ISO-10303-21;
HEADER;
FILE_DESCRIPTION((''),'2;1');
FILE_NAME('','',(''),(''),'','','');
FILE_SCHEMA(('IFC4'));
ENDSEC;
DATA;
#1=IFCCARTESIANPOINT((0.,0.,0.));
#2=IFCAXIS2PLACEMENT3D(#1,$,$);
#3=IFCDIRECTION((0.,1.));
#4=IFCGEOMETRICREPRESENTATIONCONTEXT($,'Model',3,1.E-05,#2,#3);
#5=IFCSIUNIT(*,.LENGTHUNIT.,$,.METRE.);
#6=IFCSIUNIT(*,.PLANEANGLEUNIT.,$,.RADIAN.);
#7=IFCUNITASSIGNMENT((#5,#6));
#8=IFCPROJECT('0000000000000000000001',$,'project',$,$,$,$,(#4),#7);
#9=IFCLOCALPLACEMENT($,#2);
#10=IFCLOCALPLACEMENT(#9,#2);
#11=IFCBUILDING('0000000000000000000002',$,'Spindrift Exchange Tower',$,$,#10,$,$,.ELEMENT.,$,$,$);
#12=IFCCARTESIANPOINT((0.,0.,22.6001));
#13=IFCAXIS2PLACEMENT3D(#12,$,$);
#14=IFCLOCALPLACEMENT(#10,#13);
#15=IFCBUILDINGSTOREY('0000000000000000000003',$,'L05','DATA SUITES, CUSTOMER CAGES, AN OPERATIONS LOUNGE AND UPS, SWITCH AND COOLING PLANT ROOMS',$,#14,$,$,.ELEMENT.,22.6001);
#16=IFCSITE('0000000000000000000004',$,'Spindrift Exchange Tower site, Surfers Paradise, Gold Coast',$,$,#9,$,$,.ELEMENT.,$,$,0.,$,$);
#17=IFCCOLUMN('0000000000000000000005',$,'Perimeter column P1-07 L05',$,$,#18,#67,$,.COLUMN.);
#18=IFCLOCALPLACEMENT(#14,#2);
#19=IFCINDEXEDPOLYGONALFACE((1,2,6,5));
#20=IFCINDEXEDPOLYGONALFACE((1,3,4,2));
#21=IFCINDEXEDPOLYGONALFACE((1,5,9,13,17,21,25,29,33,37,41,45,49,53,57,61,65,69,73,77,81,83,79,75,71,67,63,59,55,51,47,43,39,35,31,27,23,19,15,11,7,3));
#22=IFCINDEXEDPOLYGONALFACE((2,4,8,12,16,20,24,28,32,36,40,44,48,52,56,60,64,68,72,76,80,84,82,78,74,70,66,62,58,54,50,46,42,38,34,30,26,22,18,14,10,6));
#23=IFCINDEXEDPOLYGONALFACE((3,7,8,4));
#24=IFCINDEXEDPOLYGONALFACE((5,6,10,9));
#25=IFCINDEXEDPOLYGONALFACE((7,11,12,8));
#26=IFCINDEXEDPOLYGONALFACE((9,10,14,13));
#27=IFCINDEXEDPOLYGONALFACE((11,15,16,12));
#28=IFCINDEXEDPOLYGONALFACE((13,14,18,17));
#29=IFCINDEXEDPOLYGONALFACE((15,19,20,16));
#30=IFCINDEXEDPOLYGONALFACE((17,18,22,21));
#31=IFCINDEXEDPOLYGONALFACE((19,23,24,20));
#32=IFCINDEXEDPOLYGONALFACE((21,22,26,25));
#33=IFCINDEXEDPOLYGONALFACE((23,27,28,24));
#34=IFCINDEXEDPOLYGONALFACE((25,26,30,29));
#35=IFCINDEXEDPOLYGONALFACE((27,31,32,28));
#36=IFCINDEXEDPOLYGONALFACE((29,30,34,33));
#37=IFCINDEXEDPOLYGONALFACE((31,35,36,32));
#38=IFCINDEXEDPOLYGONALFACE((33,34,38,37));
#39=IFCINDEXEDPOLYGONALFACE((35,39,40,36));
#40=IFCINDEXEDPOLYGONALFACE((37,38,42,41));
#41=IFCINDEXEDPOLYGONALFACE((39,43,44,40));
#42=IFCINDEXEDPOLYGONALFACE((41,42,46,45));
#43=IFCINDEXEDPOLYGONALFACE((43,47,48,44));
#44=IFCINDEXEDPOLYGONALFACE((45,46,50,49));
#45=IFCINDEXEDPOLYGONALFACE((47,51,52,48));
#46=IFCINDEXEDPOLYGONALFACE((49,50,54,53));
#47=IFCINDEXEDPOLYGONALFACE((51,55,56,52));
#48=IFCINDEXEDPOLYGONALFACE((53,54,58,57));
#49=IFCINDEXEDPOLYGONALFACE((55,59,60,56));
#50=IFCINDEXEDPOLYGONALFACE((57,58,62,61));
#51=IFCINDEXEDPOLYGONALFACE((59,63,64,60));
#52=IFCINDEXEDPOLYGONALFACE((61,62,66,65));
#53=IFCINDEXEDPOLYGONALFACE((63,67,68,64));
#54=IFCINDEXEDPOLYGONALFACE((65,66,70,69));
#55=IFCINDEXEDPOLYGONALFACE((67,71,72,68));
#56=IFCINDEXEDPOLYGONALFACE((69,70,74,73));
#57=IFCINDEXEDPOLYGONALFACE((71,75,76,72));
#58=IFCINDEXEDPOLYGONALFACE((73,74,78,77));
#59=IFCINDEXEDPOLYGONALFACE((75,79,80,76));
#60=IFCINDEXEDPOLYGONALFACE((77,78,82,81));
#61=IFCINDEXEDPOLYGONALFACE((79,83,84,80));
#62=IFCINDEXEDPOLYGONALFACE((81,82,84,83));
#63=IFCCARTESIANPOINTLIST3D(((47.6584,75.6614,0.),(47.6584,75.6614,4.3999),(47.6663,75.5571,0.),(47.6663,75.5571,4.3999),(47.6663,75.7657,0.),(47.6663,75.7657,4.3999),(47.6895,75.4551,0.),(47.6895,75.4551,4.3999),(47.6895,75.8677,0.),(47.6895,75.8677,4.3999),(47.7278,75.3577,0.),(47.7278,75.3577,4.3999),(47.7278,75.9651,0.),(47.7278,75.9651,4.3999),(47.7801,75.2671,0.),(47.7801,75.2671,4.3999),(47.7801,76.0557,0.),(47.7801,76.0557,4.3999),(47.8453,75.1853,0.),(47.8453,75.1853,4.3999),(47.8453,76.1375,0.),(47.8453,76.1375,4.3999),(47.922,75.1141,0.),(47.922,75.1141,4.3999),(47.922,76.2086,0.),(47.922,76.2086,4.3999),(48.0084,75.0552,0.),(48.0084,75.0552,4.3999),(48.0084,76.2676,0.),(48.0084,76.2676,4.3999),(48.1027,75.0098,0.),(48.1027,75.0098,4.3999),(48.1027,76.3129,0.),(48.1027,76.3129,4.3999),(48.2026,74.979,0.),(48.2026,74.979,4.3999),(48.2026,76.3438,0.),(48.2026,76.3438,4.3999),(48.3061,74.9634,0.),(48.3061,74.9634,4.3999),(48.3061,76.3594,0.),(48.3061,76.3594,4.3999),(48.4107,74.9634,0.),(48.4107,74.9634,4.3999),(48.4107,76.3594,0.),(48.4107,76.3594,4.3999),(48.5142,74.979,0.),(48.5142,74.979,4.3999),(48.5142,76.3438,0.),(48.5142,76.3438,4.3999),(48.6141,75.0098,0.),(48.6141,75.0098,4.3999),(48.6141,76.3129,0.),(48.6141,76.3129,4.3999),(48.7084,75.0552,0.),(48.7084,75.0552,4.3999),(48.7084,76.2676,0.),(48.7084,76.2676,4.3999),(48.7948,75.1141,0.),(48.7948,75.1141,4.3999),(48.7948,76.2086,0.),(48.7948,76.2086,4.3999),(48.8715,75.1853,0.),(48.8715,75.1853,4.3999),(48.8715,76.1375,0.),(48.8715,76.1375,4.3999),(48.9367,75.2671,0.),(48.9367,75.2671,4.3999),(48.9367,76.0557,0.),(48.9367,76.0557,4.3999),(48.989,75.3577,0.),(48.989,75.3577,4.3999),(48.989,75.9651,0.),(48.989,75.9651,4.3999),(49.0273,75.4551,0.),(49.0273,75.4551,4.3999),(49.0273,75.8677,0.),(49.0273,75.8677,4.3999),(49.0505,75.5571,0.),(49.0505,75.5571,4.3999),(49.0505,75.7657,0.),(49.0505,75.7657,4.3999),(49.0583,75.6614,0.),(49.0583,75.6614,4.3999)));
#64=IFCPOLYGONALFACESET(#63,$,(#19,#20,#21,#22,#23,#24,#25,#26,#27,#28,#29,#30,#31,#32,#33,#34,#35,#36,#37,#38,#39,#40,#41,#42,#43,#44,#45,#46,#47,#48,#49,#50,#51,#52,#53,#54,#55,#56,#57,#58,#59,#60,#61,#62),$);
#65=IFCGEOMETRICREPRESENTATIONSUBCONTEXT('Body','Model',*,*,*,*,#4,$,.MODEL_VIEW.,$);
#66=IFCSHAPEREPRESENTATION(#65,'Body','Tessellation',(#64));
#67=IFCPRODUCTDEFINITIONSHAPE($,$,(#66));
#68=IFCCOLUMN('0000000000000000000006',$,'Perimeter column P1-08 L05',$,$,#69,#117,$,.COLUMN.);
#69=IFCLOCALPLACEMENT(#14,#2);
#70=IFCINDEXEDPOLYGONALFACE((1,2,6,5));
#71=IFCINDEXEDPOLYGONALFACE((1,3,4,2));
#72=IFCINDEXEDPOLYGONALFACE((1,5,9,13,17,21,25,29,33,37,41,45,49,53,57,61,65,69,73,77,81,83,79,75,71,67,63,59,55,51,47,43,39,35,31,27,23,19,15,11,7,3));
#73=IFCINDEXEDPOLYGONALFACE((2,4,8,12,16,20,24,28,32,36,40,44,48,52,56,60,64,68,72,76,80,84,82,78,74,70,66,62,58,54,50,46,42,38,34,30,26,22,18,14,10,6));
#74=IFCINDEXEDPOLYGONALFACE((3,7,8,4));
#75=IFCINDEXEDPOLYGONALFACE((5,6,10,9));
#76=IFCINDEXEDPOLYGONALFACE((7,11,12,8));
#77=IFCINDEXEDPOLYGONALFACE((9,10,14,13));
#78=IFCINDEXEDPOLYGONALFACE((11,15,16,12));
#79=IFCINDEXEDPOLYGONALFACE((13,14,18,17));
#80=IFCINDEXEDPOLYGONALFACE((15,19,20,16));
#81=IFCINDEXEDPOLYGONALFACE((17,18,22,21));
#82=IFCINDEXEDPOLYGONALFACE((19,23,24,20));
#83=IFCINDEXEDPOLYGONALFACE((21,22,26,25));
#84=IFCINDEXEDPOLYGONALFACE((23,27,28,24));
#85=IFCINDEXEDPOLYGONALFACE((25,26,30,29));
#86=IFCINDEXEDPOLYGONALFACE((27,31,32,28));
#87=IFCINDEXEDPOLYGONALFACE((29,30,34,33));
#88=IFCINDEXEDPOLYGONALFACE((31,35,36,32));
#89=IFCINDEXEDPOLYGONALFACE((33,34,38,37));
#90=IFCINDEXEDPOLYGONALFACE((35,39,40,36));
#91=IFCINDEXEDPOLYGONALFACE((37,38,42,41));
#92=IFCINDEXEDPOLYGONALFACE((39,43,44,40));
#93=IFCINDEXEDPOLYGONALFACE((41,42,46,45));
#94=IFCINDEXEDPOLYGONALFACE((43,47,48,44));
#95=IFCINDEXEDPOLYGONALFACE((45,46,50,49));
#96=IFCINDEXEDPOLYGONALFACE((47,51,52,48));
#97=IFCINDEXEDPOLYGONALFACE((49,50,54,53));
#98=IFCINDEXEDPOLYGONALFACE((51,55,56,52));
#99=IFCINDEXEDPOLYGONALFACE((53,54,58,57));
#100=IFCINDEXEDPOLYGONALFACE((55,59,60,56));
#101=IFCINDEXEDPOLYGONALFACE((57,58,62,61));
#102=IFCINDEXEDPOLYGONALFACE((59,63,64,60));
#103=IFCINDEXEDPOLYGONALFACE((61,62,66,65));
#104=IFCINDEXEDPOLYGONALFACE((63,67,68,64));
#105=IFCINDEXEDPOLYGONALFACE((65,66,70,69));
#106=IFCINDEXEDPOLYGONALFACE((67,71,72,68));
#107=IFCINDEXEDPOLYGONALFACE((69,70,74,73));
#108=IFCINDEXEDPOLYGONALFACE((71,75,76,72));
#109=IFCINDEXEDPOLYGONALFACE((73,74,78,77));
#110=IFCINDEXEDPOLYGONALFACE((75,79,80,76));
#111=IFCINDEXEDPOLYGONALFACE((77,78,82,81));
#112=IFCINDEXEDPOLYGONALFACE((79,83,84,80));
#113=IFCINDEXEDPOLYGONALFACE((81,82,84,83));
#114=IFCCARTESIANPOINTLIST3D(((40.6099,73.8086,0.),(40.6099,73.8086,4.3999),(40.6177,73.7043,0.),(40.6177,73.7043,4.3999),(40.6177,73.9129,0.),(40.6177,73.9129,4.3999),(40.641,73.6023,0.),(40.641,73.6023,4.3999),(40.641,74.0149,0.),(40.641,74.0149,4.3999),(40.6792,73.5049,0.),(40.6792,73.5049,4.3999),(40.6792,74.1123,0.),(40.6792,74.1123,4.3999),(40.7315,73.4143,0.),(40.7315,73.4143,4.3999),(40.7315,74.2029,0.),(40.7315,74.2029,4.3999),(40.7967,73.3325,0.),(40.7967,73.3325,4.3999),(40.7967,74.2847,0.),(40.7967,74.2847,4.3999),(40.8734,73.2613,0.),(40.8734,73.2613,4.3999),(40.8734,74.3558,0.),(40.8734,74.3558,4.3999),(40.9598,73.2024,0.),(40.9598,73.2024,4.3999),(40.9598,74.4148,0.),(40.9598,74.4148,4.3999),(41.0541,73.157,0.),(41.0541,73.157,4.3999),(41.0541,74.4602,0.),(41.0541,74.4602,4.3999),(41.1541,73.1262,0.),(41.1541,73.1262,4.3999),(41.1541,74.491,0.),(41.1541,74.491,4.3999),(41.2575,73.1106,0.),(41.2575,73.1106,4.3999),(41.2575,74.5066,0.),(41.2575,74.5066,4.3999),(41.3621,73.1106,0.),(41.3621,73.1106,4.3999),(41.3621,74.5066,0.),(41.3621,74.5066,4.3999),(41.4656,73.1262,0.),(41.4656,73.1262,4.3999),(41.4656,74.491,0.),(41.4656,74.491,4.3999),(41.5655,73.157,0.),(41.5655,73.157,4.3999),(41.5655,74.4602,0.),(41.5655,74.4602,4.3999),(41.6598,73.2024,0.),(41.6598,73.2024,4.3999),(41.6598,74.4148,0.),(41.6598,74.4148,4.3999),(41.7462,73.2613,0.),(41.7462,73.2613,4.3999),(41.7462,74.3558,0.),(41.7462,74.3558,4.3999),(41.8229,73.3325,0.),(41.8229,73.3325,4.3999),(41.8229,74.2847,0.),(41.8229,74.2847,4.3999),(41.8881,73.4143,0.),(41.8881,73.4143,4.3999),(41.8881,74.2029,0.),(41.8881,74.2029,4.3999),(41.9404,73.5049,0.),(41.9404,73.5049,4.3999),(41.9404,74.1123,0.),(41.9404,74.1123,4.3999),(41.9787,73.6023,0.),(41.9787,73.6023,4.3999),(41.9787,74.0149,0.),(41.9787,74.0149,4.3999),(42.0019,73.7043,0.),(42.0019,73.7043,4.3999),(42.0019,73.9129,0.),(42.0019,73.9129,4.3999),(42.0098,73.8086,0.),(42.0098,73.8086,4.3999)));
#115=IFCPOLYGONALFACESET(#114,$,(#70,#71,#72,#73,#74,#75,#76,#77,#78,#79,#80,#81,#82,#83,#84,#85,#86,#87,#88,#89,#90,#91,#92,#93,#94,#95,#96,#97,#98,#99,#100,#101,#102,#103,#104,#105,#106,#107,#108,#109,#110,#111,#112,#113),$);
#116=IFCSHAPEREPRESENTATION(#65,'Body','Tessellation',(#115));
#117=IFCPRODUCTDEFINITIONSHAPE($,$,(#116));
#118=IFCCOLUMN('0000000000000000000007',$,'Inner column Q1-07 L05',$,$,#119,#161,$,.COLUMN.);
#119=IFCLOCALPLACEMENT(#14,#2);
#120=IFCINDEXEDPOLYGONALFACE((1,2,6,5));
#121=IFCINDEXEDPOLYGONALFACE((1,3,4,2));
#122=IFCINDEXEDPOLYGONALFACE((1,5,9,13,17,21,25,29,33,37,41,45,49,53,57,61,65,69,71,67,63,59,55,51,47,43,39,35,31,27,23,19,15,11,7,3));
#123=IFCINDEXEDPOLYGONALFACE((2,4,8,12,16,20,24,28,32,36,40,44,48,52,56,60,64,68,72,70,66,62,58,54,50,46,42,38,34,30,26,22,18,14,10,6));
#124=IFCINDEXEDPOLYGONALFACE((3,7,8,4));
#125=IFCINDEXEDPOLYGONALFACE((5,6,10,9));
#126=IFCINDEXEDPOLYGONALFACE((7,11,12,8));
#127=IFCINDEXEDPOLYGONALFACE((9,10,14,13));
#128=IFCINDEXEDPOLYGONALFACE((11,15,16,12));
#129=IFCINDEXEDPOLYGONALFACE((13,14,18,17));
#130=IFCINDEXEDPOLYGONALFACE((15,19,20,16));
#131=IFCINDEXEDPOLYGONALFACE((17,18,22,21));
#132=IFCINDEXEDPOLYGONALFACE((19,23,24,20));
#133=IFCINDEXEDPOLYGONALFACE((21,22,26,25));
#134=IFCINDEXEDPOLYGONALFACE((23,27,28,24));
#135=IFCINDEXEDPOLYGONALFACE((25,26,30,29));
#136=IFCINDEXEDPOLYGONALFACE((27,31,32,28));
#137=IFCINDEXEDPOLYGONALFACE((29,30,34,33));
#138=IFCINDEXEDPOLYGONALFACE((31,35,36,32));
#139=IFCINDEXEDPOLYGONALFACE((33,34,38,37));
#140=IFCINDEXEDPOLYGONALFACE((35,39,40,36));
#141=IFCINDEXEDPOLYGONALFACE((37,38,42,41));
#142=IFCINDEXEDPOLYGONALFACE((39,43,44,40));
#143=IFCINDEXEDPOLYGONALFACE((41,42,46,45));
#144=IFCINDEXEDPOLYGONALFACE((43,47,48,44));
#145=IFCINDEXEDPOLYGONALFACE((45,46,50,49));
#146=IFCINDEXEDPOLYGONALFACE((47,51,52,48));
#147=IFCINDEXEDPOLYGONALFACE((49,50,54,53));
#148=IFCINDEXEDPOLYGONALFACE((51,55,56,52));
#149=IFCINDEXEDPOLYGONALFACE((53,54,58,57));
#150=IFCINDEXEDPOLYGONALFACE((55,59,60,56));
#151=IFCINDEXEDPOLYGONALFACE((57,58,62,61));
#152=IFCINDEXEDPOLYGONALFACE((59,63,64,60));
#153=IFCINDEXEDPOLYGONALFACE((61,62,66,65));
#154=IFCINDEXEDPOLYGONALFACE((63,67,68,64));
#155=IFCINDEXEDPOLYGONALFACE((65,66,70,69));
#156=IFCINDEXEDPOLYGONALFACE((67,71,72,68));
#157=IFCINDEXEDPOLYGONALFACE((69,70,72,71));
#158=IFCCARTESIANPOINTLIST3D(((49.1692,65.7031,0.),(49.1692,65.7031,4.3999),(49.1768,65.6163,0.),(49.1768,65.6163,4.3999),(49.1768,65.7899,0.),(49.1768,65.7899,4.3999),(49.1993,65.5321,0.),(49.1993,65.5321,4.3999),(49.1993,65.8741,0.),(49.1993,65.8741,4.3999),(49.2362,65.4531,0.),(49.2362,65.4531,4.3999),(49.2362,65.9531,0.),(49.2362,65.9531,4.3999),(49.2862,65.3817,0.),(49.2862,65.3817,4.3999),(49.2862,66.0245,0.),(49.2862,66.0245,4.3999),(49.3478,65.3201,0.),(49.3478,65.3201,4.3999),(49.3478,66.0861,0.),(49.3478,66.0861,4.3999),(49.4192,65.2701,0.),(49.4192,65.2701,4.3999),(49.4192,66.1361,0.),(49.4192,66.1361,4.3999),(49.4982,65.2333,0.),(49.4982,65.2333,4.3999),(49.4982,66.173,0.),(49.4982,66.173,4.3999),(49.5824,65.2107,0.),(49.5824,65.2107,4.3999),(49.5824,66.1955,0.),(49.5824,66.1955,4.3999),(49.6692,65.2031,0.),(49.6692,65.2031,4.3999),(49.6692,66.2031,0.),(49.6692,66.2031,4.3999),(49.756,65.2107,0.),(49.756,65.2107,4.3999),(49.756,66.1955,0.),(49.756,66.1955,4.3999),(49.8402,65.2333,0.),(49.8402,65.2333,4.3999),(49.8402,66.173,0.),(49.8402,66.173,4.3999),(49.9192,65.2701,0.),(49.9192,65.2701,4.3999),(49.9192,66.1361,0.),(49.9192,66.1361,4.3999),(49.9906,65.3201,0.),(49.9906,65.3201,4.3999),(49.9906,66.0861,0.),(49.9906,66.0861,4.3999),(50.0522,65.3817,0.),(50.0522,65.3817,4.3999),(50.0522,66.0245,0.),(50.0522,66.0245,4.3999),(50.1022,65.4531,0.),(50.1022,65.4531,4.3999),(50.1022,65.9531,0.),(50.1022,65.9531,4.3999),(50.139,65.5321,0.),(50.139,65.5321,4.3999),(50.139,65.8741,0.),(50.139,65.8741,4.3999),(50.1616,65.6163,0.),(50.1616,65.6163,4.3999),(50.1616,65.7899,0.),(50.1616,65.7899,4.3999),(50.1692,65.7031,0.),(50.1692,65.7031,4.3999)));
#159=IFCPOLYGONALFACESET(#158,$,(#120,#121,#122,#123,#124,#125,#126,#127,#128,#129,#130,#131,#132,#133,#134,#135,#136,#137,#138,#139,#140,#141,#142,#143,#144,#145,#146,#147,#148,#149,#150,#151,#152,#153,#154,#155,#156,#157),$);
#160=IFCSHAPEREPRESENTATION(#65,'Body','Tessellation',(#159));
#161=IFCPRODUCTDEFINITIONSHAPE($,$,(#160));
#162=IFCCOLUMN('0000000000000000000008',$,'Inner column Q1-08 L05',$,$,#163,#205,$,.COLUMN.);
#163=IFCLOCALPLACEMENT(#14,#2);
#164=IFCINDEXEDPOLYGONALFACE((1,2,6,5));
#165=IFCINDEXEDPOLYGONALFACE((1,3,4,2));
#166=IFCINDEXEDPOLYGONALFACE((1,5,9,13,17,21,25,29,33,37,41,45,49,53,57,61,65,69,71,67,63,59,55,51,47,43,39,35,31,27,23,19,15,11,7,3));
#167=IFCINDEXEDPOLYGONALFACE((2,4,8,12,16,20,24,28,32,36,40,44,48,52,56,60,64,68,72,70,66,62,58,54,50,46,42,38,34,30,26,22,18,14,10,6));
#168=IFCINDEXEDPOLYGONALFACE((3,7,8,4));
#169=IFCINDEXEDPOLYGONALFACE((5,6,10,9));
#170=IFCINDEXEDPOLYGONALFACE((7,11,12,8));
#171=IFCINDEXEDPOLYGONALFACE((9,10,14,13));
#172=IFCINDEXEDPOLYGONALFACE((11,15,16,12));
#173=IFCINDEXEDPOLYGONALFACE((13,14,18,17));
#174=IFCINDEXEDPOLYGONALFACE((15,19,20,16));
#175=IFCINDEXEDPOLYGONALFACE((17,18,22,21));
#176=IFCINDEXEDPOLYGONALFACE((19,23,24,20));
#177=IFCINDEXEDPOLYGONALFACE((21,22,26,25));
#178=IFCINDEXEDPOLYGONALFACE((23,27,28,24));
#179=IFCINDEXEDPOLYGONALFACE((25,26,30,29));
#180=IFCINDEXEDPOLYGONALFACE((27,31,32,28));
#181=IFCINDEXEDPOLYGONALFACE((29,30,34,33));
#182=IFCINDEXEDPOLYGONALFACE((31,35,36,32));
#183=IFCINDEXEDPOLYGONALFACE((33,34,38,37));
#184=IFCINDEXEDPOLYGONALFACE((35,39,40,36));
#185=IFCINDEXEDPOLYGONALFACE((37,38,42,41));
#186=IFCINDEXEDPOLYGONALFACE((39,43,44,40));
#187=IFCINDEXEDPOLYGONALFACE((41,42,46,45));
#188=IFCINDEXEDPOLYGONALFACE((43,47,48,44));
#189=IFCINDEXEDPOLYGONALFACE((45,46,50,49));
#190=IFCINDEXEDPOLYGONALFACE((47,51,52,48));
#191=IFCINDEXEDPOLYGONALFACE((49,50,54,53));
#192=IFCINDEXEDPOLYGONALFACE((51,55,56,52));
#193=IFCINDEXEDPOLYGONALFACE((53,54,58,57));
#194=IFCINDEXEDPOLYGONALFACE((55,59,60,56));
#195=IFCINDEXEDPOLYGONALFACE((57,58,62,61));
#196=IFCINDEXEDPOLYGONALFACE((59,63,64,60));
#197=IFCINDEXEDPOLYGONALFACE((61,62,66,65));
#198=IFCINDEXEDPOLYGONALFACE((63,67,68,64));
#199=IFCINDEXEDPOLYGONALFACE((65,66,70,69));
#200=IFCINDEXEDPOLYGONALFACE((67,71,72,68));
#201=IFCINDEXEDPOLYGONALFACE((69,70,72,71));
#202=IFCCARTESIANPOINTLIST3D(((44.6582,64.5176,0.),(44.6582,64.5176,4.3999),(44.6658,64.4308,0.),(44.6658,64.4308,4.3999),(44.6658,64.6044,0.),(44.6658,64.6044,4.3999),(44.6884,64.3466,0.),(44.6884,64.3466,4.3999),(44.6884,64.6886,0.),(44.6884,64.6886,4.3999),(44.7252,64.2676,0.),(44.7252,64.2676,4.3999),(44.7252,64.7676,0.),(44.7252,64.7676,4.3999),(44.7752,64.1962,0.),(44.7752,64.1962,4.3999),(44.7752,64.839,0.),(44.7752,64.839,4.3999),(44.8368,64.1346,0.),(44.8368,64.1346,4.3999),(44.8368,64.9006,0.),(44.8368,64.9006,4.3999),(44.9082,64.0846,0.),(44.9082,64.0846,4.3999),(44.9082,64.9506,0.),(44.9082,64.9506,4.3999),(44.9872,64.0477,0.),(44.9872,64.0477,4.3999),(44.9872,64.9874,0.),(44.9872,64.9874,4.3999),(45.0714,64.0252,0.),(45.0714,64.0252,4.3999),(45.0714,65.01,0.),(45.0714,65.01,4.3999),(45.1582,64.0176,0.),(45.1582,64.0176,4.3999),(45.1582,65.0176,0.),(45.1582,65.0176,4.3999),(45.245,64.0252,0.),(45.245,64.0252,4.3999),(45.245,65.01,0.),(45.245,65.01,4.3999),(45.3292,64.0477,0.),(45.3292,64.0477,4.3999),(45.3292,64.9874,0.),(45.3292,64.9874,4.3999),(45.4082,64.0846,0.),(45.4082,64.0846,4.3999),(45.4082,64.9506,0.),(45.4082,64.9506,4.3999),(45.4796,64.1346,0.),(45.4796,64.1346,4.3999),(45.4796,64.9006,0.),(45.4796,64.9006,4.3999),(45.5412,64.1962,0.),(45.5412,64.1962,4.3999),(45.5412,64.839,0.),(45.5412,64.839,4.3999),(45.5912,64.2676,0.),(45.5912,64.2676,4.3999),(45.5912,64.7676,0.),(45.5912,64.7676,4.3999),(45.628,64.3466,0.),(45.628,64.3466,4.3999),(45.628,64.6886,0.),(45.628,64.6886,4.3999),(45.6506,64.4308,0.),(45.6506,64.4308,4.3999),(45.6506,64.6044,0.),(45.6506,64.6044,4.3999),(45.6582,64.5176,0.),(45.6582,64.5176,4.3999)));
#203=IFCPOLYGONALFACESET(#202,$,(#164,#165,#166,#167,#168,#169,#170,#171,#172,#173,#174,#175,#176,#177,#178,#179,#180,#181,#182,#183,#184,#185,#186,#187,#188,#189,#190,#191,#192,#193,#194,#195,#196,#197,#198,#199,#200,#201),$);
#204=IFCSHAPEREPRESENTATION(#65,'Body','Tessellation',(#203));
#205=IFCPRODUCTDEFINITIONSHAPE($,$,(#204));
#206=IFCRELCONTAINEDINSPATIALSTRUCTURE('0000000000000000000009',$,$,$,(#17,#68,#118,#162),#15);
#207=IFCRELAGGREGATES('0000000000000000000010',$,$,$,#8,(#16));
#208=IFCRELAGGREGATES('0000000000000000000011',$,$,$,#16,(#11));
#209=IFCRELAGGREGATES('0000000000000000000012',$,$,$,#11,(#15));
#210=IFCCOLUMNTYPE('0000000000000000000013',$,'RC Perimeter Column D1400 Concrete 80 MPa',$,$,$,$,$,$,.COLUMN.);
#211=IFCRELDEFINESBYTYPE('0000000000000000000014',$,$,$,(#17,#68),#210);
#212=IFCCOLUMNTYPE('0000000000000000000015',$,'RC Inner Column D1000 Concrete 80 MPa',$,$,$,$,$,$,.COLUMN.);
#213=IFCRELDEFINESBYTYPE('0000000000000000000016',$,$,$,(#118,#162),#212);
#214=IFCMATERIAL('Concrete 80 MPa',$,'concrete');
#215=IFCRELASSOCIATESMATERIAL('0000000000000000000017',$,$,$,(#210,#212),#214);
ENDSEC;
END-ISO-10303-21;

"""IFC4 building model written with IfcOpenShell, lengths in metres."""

from ifc_helpers import new_model, si_unit, direction, frame, origin, origin_2d, place, context, subcontext, project, spatial, circle, extrude, source, transform, mapped, material, material_profile, profile_set, type_object, element, save


model = new_model("IFC4")

# Units and contexts
model_context = context("Model", 3, precision=1e-05, world=origin(), true_north=direction((0.0, 1.0)))
body_context = subcontext(model_context, "Body", "Model", "MODEL_VIEW")
ifc_project = project(units=[si_unit("LENGTHUNIT", "METRE"), si_unit("PLANEANGLEUNIT", "RADIAN")], contexts=[model_context])

# Site, building, storey
site_placement = place(None, origin())
site = spatial("IfcSite", under=ifc_project, at=site_placement, Name="Spindrift Exchange Tower site, Surfers Paradise, Gold Coast", CompositionType="ELEMENT", RefElevation=0.0)
building_placement = place(site_placement, origin())
building = spatial("IfcBuilding", under=site, at=building_placement, Name="Spindrift Exchange Tower", CompositionType="ELEMENT")
storey_placement = place(building_placement, frame((0.0, 0.0, 22.6001)))
storey = spatial("IfcBuildingStorey", under=building, at=storey_placement, Name="L05", Description="DATA SUITES, CUSTOMER CAGES, AN OPERATIONS LOUNGE AND UPS, SWITCH AND COOLING PLANT ROOMS", CompositionType="ELEMENT", Elevation=22.6001)

# Columns
ifc_material_1 = material(Name="Concrete 80 MPa", Category="concrete")
ifc_material_profile_1 = material_profile(ifc_material_1, circle(Radius=0.7, at=origin_2d()), Name="RC D1400")
ifc_profile_set_1 = profile_set([ifc_material_profile_1], Name="Concrete 80 MPa")
column_type_1 = type_object("IfcColumnType", Name="RC Perimeter Column D1400 Concrete 80 MPa", PredefinedType="COLUMN", material=ifc_profile_set_1)
shared_shape_1 = source(origin(), body_context, "Body", "SweptSolid", [
    extrude(circle(Radius=0.7, at=origin_2d()), origin(), (0.0, 0.0, 1.0), 4.3999),
])
for number, where, z_axis, x_axis, name in (
    (1, (48.3584, 75.6614, 0.0), (0.0, 0.0, 1.0), (1.0, 0.0, 0.0), "Perimeter column P1-07 L05"),
    (2, (41.3098, 73.8086, 0.0), (0.0, 0.0, 1.0), (1.0, 0.0, 0.0), "Perimeter column P1-08 L05"),
):
    element("IfcColumn", number, at=place(storey_placement, frame(where, z_axis=z_axis, x_axis=x_axis)), inside=storey, type_object=column_type_1, Name=name, PredefinedType="COLUMN", context=body_context, shape_type="MappedRepresentation", body=[
        mapped(shared_shape_1, transform((0.0, 0.0, 0.0), scale=1.0)),
    ])
ifc_material_profile_2 = material_profile(ifc_material_1, circle(Radius=0.5, at=origin_2d()), Name="RC D1000")
ifc_profile_set_2 = profile_set([ifc_material_profile_2], Name="Concrete 80 MPa")
column_type_2 = type_object("IfcColumnType", Name="RC Inner Column D1000 Concrete 80 MPa", PredefinedType="COLUMN", material=ifc_profile_set_2)
shared_shape_2 = source(origin(), body_context, "Body", "SweptSolid", [
    extrude(circle(Radius=0.5, at=origin_2d()), origin(), (0.0, 0.0, 1.0), 4.3999),
])
for number, where, z_axis, x_axis, name in (
    (3, (49.6692, 65.7031, 0.0), (0.0, 0.0, 1.0), (1.0, 0.0, 0.0), "Inner column Q1-07 L05"),
    (4, (45.1582, 64.5176, 0.0), (0.0, 0.0, 1.0), (1.0, 0.0, 0.0), "Inner column Q1-08 L05"),
):
    element("IfcColumn", number, at=place(storey_placement, frame(where, z_axis=z_axis, x_axis=x_axis)), inside=storey, type_object=column_type_2, Name=name, PredefinedType="COLUMN", context=body_context, shape_type="MappedRepresentation", body=[
        mapped(shared_shape_2, transform((0.0, 0.0, 0.0), scale=1.0)),
    ])

save(model, "model.ifc")
